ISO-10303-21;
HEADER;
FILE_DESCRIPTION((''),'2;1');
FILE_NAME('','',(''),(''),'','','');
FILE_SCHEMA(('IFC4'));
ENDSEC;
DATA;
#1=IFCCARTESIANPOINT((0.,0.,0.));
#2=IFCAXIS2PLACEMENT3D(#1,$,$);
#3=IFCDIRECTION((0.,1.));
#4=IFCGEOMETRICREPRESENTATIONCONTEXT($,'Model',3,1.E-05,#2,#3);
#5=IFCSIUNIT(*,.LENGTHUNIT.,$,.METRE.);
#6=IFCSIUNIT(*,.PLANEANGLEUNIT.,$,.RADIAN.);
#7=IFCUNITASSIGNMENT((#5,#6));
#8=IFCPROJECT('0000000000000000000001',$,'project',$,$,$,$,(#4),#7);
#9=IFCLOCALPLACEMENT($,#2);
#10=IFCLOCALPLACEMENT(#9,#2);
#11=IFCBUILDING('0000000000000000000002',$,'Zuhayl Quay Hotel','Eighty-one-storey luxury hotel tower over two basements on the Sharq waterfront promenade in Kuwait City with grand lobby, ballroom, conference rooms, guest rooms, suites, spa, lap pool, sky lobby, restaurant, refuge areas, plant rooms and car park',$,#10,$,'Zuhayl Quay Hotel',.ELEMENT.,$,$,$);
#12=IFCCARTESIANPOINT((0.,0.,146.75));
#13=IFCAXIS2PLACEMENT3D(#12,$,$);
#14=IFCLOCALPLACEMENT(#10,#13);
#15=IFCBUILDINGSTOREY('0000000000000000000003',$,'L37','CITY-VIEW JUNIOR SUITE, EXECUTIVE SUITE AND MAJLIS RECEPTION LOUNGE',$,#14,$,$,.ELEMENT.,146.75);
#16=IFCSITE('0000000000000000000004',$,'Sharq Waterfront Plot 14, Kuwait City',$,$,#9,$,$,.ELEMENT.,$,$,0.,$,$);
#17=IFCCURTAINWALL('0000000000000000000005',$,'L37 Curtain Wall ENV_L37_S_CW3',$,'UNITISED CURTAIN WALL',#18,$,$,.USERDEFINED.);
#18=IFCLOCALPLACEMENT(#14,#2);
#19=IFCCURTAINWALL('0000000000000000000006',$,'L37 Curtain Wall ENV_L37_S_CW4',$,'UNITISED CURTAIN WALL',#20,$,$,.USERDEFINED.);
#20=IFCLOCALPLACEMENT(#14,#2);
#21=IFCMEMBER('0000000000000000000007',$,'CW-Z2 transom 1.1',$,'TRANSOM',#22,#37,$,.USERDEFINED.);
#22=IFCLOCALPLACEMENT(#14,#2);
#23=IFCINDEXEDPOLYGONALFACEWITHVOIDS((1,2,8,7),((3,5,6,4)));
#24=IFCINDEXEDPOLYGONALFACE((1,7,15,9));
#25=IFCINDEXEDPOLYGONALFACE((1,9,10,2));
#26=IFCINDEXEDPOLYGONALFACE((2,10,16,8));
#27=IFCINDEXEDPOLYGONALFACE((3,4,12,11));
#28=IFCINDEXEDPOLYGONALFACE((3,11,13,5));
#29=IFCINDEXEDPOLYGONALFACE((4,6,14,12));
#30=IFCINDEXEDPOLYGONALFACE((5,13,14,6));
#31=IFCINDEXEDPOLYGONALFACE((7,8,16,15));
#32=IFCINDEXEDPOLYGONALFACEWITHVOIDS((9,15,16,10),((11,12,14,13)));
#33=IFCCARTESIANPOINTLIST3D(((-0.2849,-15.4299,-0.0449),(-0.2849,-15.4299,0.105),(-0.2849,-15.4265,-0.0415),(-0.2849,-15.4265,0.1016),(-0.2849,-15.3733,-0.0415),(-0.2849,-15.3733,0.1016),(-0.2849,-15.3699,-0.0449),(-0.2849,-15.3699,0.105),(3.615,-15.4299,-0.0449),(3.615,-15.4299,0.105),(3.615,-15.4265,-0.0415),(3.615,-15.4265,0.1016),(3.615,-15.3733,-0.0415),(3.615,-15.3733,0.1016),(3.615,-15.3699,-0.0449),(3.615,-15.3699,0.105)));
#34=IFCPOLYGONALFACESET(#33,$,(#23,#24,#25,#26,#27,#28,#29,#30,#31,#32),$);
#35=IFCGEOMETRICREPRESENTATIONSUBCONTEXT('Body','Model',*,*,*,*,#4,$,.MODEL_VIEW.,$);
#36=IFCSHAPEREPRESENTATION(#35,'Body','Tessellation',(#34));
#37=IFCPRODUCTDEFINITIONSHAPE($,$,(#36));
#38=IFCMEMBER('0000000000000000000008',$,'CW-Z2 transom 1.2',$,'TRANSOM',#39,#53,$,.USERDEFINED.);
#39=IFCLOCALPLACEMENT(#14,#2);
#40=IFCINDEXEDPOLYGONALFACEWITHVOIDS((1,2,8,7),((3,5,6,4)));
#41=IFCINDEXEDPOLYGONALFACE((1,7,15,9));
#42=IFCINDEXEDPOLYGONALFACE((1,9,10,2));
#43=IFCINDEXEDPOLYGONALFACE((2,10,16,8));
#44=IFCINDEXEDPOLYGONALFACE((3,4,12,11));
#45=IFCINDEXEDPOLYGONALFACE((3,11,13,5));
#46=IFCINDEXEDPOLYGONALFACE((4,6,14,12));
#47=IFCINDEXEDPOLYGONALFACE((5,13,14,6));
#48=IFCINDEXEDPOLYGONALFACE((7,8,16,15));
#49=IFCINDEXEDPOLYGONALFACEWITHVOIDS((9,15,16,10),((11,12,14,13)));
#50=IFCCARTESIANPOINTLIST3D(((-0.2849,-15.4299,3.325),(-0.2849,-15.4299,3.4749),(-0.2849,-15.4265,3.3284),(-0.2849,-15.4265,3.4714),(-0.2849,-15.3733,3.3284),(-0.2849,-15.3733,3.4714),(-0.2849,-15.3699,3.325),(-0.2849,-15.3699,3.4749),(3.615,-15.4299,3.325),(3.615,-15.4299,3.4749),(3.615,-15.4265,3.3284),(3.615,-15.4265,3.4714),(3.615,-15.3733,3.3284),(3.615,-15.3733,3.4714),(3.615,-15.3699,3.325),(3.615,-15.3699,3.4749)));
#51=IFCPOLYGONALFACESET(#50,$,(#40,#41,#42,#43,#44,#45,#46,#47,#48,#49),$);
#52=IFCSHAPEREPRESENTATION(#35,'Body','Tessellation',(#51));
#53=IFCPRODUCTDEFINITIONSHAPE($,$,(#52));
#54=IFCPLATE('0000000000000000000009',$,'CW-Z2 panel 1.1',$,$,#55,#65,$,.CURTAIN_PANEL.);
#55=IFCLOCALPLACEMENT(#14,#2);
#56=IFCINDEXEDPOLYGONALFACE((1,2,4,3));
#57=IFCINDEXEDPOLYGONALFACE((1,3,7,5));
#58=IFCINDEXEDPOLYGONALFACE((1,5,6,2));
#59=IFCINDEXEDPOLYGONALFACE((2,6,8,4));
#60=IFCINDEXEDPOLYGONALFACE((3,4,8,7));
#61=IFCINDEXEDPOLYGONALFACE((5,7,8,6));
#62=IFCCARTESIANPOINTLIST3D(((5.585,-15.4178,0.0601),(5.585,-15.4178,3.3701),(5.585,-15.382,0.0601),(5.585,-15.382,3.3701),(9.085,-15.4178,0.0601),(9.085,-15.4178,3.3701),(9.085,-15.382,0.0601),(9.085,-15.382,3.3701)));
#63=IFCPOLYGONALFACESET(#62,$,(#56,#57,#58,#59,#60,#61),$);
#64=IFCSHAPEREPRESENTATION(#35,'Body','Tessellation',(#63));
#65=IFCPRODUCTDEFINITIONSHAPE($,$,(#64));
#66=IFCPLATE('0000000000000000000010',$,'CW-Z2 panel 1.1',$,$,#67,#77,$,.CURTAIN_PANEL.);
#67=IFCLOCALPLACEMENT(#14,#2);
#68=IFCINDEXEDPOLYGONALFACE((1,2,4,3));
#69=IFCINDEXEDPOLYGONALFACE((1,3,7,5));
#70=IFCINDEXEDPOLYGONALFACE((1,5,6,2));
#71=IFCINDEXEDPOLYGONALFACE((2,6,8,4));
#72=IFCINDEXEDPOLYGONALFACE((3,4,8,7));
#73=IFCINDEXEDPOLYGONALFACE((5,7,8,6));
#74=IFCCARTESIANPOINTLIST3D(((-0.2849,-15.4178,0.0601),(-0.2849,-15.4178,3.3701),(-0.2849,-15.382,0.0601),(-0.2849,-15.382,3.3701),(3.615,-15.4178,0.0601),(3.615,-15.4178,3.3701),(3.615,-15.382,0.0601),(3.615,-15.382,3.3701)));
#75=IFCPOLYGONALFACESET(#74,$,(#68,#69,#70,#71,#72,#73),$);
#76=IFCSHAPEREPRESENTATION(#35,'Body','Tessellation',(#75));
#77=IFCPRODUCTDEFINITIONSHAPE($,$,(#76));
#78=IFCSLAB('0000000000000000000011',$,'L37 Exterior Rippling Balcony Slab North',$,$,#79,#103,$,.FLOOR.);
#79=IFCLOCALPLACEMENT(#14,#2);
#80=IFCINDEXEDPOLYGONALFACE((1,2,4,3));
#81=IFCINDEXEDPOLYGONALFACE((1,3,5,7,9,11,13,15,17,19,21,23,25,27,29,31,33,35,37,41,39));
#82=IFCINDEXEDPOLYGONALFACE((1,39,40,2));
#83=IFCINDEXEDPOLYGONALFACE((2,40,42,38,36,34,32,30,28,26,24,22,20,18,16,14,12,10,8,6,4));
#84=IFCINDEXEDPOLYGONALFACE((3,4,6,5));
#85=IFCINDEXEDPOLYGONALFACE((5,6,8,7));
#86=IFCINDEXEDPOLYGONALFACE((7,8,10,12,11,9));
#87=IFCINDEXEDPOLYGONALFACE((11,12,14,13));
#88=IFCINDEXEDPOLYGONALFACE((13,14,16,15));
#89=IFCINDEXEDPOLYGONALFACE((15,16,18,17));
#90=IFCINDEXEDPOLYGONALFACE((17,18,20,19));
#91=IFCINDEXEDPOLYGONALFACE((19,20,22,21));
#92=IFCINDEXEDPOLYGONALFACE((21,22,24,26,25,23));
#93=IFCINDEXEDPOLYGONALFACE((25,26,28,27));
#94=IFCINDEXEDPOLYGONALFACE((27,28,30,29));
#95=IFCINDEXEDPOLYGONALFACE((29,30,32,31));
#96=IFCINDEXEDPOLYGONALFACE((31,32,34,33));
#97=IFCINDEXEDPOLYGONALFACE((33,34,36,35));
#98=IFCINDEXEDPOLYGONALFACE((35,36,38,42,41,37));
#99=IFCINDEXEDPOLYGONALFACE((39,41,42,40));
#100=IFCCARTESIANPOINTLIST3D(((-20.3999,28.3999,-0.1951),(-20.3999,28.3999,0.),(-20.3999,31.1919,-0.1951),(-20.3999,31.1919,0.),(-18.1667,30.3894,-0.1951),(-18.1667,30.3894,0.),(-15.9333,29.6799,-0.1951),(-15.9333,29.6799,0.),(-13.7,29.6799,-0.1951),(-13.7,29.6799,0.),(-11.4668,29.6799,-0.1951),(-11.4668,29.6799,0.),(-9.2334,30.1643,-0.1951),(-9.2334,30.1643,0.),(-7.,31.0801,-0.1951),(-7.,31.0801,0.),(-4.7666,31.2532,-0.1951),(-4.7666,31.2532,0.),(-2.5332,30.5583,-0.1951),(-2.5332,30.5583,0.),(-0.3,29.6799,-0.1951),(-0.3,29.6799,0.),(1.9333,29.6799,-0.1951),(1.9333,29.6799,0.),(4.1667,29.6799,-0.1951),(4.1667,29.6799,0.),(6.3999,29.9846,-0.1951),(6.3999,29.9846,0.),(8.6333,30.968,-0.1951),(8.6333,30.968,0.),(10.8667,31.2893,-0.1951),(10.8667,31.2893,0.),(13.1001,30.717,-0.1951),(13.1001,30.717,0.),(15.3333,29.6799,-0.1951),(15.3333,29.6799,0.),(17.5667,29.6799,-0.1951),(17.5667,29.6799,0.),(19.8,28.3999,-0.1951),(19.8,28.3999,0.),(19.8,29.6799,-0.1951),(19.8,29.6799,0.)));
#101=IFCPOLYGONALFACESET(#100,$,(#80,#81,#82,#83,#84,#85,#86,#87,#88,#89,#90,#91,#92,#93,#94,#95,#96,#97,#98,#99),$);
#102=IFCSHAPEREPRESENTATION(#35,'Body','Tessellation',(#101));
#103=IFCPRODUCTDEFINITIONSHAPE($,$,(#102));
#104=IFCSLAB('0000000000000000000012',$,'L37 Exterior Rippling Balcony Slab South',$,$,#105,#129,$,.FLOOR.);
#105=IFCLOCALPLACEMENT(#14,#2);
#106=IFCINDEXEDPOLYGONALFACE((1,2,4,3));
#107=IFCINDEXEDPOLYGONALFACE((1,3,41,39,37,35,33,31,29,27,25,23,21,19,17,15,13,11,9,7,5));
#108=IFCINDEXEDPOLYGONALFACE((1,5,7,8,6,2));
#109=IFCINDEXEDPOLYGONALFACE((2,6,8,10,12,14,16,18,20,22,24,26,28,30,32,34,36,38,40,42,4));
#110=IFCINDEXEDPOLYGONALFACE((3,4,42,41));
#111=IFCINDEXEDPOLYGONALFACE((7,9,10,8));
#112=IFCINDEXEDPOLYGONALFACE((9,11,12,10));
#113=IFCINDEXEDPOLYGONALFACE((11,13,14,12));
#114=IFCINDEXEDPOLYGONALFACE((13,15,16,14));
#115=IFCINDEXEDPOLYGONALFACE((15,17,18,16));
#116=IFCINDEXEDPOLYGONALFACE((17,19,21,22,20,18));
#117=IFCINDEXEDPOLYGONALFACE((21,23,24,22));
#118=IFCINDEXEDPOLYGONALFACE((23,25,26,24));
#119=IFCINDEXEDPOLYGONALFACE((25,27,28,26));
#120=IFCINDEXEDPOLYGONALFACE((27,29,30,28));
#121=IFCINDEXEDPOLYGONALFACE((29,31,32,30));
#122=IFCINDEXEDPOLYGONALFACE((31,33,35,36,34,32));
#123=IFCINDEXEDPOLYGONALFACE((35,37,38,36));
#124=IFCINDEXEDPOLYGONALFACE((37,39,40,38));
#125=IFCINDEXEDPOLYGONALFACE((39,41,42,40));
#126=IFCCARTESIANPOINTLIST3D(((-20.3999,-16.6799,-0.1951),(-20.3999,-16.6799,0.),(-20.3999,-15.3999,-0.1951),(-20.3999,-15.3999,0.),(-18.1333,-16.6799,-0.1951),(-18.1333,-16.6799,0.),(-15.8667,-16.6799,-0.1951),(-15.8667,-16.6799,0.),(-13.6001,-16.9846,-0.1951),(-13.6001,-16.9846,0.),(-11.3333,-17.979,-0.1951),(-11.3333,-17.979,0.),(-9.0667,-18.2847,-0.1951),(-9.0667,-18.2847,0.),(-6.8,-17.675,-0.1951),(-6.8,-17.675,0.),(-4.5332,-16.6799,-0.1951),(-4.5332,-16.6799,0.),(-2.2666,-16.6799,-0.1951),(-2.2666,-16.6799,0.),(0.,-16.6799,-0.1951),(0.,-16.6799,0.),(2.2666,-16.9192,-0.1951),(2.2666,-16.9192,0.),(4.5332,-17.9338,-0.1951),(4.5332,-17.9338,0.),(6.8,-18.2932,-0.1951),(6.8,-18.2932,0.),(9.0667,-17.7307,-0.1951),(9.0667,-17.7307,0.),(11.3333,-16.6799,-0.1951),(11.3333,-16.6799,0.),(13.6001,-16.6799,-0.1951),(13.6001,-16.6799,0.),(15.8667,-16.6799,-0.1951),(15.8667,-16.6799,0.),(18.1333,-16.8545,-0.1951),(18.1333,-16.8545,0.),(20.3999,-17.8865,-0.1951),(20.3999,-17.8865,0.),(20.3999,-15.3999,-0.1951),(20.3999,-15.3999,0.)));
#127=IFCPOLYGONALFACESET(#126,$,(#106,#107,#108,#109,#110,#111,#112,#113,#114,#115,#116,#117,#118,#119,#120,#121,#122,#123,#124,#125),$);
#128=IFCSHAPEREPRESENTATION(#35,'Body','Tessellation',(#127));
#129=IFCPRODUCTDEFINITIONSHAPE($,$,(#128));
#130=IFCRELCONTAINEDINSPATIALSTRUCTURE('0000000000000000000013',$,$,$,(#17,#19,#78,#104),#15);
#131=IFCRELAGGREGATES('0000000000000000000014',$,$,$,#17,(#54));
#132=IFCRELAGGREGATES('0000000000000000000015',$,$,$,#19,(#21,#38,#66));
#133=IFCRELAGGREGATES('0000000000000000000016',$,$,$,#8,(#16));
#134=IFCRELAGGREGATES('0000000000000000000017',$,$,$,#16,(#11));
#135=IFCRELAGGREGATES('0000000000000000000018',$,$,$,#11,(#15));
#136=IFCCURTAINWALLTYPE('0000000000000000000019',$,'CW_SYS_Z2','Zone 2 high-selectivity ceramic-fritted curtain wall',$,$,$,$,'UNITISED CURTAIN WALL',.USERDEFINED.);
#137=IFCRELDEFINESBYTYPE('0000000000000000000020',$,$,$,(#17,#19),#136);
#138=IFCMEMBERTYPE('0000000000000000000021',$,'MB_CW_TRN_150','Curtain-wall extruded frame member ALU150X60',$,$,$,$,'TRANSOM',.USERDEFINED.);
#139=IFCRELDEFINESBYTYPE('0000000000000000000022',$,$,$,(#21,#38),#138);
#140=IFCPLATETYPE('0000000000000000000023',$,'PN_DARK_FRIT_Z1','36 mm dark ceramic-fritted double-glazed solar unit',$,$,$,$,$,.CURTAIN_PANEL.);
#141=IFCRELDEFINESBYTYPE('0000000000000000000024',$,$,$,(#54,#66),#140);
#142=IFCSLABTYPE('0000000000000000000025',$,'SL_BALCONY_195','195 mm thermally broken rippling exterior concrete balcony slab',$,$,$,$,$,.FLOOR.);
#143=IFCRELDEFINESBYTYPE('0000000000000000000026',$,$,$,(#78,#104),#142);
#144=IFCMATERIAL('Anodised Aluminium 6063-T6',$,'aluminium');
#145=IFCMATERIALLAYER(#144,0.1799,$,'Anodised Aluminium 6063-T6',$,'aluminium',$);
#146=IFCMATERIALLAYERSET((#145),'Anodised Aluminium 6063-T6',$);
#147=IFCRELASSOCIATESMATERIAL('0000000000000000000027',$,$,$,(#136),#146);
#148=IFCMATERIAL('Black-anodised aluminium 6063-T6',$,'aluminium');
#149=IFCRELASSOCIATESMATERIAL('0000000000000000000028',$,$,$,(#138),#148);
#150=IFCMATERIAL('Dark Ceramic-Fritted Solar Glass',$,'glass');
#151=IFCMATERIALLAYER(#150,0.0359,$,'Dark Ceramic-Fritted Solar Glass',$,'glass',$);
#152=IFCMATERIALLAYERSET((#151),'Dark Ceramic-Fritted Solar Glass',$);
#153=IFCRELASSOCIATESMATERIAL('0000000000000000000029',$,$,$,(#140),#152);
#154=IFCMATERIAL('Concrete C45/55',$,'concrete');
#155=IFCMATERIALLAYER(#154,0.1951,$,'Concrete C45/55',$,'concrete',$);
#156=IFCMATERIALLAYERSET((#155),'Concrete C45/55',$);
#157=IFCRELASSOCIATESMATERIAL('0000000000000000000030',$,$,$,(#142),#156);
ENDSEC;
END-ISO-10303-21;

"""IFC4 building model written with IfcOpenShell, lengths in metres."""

from ifc_helpers import new_model, si_unit, direction, frame, origin, origin_2d, place, context, subcontext, project, spatial, polyline, rectangle, hollow_rectangle, outline, extrude, material, layer, layer_set, material_profile, profile_set, type_object, element, aggregate, save


model = new_model("IFC4")

# Units and contexts
model_context = context("Model", 3, precision=1e-05, world=origin(), true_north=direction((0.0, 1.0)))
body_context = subcontext(model_context, "Body", "Model", "MODEL_VIEW")
ifc_project = project(units=[si_unit("LENGTHUNIT", "METRE"), si_unit("PLANEANGLEUNIT", "RADIAN")], contexts=[model_context])

# Site, building, storey
site_placement = place(None, origin())
site = spatial("IfcSite", under=ifc_project, at=site_placement, Name="Sharq Waterfront Plot 14, Kuwait City", CompositionType="ELEMENT", RefElevation=0.0)
building_placement = place(site_placement, origin())
building = spatial("IfcBuilding", under=site, at=building_placement, Name="Zuhayl Quay Hotel", Description="Eighty-one-storey luxury hotel tower over two basements on the Sharq waterfront promenade in Kuwait City with grand lobby, ballroom, conference rooms, guest rooms, suites, spa, lap pool, sky lobby, restaurant, refuge areas, plant rooms and car park", LongName="Zuhayl Quay Hotel", CompositionType="ELEMENT")
storey_placement = place(building_placement, frame((0.0, 0.0, 146.75)))
storey = spatial("IfcBuildingStorey", under=building, at=storey_placement, Name="L37", Description="CITY-VIEW JUNIOR SUITE, EXECUTIVE SUITE AND MAJLIS RECEPTION LOUNGE", CompositionType="ELEMENT", Elevation=146.75)

# Curtain wall
ifc_material_1 = material(Name="Anodised Aluminium 6063-T6", Category="aluminium")
ifc_layer_1 = layer(ifc_material_1, 0.1799, Name="Anodised Aluminium 6063-T6", Category="aluminium")
ifc_layer_set_1 = layer_set([ifc_layer_1], Name="Anodised Aluminium 6063-T6")
curtain_wall_type = type_object("IfcCurtainWallType", Name="CW_SYS_Z2", Description="Zone 2 high-selectivity ceramic-fritted curtain wall", ElementType="UNITISED CURTAIN WALL", PredefinedType="USERDEFINED", material=ifc_layer_set_1)
curtain_wall_1_placement = place(storey_placement, origin())
curtain_wall_1 = element("IfcCurtainWall", 1, at=curtain_wall_1_placement, inside=storey, type_object=curtain_wall_type, Name="L37 Curtain Wall ENV_L37_S_CW3", ObjectType="UNITISED CURTAIN WALL", PredefinedType="USERDEFINED")
ifc_material_2 = material(Name="Black-anodised aluminium 6063-T6", Category="aluminium")

# Curtain wall, members
curtain_wall_2_placement = place(storey_placement, origin())
curtain_wall_2 = element("IfcCurtainWall", 2, at=curtain_wall_2_placement, inside=storey, type_object=curtain_wall_type, Name="L37 Curtain Wall ENV_L37_S_CW4", ObjectType="UNITISED CURTAIN WALL", PredefinedType="USERDEFINED")
ifc_material_profile_1 = material_profile(ifc_material_2, hollow_rectangle(XDim=0.0601, YDim=0.1499, WallThickness=0.0034, at=origin_2d()), Name="ALU150X60")
ifc_profile_set_1 = profile_set([ifc_material_profile_1], Name="Black-anodised aluminium 6063-T6")
member_type_1 = type_object("IfcMemberType", Name="MB_CW_TRN_150", Description="Curtain-wall extruded frame member ALU150X60", ElementType="TRANSOM", PredefinedType="USERDEFINED", material=ifc_profile_set_1)
member_1_placement = place(storey_placement, frame((3.615, -15.3999, 0.03), z_axis=(-1.0, 0.0, 0.0), x_axis=(0.0, -1.0, 0.0)))
member_1 = element("IfcMember", 3, at=member_1_placement, type_object=member_type_1, Name="CW-Z2 transom 1.1", ObjectType="TRANSOM", PredefinedType="USERDEFINED", context=body_context, shape_type="SweptSolid", body=[
    extrude(hollow_rectangle(XDim=0.0601, YDim=0.1499, WallThickness=0.0034, at=origin_2d()), origin(), (0.0, 0.0, 1.0), 3.8999),
])
member_2_placement = place(storey_placement, frame((3.615, -15.3999, 3.3999), z_axis=(-1.0, 0.0, 0.0), x_axis=(0.0, -1.0, 0.0)))
member_2 = element("IfcMember", 4, at=member_2_placement, type_object=member_type_1, Name="CW-Z2 transom 1.2", ObjectType="TRANSOM", PredefinedType="USERDEFINED", context=body_context, shape_type="SweptSolid", body=[
    extrude(hollow_rectangle(XDim=0.0601, YDim=0.1499, WallThickness=0.0034, at=origin_2d()), origin(), (0.0, 0.0, 1.0), 3.8999),
])

# Plates
ifc_material_3 = material(Name="Dark Ceramic-Fritted Solar Glass", Category="glass")
ifc_layer_2 = layer(ifc_material_3, 0.0359, Name="Dark Ceramic-Fritted Solar Glass", Category="glass")
ifc_layer_set_2 = layer_set([ifc_layer_2], Name="Dark Ceramic-Fritted Solar Glass")
plate_type = type_object("IfcPlateType", Name="PN_DARK_FRIT_Z1", Description="36 mm dark ceramic-fritted double-glazed solar unit", PredefinedType="CURTAIN_PANEL", material=ifc_layer_set_2)
plate_1_placement = place(storey_placement, frame((7.335, -15.3999, 0.0601), z_axis=(0.0, 0.0, 1.0), x_axis=(-1.0, 0.0, 0.0)))
plate_1 = element("IfcPlate", 5, at=plate_1_placement, type_object=plate_type, Name="CW-Z2 panel 1.1", PredefinedType="CURTAIN_PANEL", context=body_context, shape_type="SweptSolid", body=[
    extrude(rectangle(XDim=3.5, YDim=0.0359, at=origin_2d()), origin(), (0.0, 0.0, 1.0), 3.3101),
])
aggregate(curtain_wall_1, [plate_1])
plate_2_placement = place(storey_placement, frame((1.665, -15.3999, 0.0601), z_axis=(0.0, 0.0, 1.0), x_axis=(-1.0, 0.0, 0.0)))
plate_2 = element("IfcPlate", 6, at=plate_2_placement, type_object=plate_type, Name="CW-Z2 panel 1.1", PredefinedType="CURTAIN_PANEL", context=body_context, shape_type="SweptSolid", body=[
    extrude(rectangle(XDim=3.8999, YDim=0.0359, at=origin_2d()), origin(), (0.0, 0.0, 1.0), 3.3101),
])
aggregate(curtain_wall_2, [member_1, member_2, plate_2])

# Slabs
ifc_material_4 = material(Name="Concrete C45/55", Category="concrete")
ifc_layer_3 = layer(ifc_material_4, 0.1951, Name="Concrete C45/55", Category="concrete")
ifc_layer_set_3 = layer_set([ifc_layer_3], Name="Concrete C45/55")
slab_type_1 = type_object("IfcSlabType", Name="SL_BALCONY_195", Description="195 mm thermally broken rippling exterior concrete balcony slab", PredefinedType="FLOOR", material=ifc_layer_set_3)
slab_1_placement = place(storey_placement, frame((0.0, 0.0, -0.1951)))
element("IfcSlab", 7, at=slab_1_placement, inside=storey, type_object=slab_type_1, Name="L37 Exterior Rippling Balcony Slab North", PredefinedType="FLOOR", context=body_context, shape_type="SweptSolid", body=[
    extrude(outline(polyline([(-20.3999, 28.3999), (19.8, 28.3999), (19.8, 29.6799), (17.5667, 29.6799), (15.3333, 29.6799), (13.1001, 30.717), (10.8667, 31.2893), (8.6333, 30.968), (6.3999, 29.9846), (4.1667, 29.6799), (1.9333, 29.6799), (-0.3, 29.6799), (-2.5332, 30.5583), (-4.7666, 31.2532), (-7.0, 31.0801), (-9.2334, 30.1643), (-11.4668, 29.6799), (-13.7, 29.6799), (-15.9333, 29.6799), (-18.1667, 30.3894), (-20.3999, 31.1919), (-20.3999, 28.3999)])), origin(), (0.0, 0.0, 1.0), 0.1951),
])
slab_2_placement = place(storey_placement, frame((0.0, 0.0, -0.1951)))
element("IfcSlab", 8, at=slab_2_placement, inside=storey, type_object=slab_type_1, Name="L37 Exterior Rippling Balcony Slab South", PredefinedType="FLOOR", context=body_context, shape_type="SweptSolid", body=[
    extrude(outline(polyline([(-20.3999, -16.6799), (-18.1333, -16.6799), (-15.8667, -16.6799), (-13.6001, -16.9846), (-11.3333, -17.979), (-9.0667, -18.2847), (-6.8, -17.675), (-4.5332, -16.6799), (-2.2666, -16.6799), (0.0, -16.6799), (2.2666, -16.9192), (4.5332, -17.9338), (6.8, -18.2932), (9.0667, -17.7307), (11.3333, -16.6799), (13.6001, -16.6799), (15.8667, -16.6799), (18.1333, -16.8545), (20.3999, -17.8865), (20.3999, -15.3999), (-20.3999, -15.3999), (-20.3999, -16.6799)])), origin(), (0.0, 0.0, 1.0), 0.1951),
])

save(model, "model.ifc")
